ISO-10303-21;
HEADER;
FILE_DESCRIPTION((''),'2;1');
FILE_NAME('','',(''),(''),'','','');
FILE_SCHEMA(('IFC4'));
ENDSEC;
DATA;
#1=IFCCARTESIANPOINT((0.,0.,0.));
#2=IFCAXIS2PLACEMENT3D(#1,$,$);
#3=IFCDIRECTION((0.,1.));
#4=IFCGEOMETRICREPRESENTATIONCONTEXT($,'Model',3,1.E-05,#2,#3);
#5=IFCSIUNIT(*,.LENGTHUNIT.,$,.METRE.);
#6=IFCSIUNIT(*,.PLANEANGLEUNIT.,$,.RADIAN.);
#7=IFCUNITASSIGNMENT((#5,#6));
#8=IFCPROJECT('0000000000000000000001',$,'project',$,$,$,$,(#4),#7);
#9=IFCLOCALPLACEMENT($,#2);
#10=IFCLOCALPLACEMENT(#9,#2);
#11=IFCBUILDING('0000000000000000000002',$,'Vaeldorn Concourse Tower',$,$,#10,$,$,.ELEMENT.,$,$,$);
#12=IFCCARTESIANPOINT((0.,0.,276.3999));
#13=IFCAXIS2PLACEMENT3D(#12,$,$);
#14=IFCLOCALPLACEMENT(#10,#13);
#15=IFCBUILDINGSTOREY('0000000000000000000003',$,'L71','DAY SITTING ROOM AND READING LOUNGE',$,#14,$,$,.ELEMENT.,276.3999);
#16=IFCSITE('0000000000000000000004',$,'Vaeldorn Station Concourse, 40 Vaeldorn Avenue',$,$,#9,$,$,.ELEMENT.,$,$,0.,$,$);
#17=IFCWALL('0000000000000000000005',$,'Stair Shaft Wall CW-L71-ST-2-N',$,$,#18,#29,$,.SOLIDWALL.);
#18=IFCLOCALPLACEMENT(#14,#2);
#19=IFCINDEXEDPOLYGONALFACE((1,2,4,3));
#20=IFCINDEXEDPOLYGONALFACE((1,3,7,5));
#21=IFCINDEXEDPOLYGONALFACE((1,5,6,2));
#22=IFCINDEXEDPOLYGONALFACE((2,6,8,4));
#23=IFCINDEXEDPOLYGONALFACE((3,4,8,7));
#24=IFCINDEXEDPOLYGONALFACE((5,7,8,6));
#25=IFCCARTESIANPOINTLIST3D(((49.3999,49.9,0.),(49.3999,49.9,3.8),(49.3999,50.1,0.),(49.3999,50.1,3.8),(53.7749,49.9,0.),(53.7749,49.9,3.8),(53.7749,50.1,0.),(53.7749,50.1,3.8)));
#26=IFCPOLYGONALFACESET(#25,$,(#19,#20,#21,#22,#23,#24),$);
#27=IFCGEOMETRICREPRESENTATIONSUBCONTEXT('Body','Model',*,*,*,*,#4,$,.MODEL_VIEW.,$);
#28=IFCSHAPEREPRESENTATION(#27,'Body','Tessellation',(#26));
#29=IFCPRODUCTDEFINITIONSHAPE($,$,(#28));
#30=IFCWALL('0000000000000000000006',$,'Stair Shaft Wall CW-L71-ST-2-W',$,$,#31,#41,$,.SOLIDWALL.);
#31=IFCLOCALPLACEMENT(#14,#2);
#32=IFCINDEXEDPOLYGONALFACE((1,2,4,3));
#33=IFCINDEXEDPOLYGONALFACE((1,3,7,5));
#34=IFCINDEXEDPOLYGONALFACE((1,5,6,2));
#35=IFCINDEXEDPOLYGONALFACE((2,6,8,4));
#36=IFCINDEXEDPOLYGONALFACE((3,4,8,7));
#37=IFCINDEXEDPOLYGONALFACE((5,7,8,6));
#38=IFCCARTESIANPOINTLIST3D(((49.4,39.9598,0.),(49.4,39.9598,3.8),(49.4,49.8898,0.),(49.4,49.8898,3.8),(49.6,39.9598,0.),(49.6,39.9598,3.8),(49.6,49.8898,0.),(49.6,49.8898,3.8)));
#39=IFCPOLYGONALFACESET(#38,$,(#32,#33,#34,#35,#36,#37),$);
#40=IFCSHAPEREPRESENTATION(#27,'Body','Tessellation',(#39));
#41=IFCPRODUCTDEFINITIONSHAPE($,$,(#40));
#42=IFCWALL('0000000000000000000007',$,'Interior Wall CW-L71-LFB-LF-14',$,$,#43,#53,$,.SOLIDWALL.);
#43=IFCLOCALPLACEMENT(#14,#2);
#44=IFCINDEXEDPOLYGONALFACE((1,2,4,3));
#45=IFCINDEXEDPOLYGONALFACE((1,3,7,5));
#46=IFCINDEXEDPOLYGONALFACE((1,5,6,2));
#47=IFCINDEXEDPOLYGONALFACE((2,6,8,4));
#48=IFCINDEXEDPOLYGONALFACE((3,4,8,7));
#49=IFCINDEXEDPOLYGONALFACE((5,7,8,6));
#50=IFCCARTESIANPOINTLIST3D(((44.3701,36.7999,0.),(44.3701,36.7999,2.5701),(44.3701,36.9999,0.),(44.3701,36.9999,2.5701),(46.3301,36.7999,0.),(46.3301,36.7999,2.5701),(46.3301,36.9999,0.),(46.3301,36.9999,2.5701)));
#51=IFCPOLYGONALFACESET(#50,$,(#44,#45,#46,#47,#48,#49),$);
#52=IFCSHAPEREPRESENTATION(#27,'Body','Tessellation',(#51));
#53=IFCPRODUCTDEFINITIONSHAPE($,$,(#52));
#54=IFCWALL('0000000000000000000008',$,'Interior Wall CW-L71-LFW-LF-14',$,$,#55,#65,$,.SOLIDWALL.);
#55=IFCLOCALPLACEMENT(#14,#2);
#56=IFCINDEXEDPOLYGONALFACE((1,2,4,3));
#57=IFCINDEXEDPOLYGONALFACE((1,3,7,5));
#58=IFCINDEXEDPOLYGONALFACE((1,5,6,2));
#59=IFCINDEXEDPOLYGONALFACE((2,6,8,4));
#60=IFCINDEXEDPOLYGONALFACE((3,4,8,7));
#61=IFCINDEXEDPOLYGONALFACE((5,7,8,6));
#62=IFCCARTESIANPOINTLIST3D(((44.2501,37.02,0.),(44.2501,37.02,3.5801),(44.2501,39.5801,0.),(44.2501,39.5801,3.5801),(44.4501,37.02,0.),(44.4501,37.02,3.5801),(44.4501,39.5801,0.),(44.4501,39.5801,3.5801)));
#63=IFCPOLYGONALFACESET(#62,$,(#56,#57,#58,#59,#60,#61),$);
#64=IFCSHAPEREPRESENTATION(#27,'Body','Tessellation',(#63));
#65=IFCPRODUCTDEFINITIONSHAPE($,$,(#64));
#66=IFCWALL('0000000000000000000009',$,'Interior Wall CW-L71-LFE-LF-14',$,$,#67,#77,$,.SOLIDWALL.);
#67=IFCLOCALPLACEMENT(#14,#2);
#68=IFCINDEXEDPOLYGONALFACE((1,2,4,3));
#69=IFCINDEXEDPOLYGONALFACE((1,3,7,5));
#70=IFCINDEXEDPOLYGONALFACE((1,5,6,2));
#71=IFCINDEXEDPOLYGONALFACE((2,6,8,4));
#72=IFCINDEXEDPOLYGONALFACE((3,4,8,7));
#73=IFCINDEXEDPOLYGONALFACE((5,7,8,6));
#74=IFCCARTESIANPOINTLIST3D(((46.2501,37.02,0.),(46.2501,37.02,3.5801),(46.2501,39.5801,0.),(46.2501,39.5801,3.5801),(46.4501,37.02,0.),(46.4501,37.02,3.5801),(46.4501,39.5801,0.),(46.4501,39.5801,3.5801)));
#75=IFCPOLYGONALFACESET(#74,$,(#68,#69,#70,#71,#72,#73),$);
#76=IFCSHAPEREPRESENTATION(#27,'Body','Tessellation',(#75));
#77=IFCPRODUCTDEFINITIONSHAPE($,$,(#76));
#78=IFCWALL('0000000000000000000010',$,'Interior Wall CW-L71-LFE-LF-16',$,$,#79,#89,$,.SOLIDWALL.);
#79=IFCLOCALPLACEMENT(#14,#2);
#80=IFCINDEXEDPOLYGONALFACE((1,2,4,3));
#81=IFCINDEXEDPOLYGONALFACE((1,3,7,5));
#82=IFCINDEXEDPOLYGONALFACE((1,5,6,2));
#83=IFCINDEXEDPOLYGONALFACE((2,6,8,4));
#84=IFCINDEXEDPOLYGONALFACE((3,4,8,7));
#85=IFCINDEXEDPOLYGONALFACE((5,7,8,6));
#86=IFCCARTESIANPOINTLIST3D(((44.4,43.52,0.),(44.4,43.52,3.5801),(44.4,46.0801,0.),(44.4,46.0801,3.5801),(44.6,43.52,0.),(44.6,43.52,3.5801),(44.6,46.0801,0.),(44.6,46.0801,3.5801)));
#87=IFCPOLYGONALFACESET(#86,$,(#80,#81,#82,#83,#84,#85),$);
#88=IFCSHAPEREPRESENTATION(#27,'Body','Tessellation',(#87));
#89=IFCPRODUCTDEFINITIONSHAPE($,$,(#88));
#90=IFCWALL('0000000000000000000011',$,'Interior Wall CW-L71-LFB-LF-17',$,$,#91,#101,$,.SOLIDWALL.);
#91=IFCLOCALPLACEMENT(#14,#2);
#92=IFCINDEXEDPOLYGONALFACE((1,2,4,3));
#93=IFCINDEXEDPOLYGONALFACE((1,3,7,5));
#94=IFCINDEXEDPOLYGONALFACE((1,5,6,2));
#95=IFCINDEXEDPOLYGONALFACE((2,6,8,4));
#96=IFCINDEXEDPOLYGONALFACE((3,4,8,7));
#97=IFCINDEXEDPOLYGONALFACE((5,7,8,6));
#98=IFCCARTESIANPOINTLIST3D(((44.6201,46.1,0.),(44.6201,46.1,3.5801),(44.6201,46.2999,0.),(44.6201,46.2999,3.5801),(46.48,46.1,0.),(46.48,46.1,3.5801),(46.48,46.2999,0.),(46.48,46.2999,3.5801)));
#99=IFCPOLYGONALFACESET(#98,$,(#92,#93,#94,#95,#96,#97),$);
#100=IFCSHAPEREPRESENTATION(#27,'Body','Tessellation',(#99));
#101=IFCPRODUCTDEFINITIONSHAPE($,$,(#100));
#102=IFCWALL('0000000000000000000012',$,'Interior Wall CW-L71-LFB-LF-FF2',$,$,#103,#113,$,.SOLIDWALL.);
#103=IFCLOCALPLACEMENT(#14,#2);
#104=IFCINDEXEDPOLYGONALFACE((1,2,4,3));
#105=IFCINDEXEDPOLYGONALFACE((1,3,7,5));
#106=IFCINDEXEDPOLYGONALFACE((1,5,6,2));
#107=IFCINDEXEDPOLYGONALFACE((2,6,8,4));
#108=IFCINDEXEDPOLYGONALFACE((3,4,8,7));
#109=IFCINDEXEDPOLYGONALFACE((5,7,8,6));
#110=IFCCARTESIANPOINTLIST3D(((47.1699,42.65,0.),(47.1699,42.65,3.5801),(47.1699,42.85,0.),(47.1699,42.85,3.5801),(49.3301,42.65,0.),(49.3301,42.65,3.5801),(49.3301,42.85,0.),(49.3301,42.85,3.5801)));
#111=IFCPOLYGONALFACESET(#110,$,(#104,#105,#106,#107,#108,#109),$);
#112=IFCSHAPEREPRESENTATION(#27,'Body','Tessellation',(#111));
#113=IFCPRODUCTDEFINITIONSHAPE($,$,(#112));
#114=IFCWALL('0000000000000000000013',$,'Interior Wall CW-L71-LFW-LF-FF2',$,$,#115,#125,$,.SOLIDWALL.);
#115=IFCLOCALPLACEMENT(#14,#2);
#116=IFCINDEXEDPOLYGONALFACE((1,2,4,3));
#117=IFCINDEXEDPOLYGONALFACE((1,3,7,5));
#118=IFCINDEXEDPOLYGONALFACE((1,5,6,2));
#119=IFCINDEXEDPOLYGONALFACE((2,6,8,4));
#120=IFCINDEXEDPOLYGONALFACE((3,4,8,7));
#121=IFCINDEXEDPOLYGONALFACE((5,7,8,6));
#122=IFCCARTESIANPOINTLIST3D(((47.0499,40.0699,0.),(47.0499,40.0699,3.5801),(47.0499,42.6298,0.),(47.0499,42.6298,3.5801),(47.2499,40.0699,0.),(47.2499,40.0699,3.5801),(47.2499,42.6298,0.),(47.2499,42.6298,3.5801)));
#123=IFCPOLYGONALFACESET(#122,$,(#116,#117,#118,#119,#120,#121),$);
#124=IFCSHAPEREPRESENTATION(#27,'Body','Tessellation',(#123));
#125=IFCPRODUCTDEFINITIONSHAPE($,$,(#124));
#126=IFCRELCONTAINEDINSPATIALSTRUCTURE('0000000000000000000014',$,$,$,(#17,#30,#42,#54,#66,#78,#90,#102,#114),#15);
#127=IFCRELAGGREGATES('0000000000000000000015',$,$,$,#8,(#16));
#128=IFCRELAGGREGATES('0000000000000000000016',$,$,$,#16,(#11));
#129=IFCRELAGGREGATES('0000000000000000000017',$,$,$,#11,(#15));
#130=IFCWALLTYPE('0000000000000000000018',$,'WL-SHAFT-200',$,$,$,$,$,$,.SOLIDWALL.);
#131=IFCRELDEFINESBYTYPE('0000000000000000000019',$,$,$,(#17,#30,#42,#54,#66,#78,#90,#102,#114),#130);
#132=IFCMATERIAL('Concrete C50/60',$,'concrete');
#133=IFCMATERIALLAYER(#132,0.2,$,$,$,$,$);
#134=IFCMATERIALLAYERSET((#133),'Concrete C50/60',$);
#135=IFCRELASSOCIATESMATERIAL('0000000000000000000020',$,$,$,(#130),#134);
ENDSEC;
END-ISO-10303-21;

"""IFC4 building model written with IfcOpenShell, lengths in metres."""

from ifc_helpers import new_model, si_unit, direction, frame, frame_2d, origin, place, context, subcontext, project, spatial, rectangle, extrude, material, layer, layer_set, type_object, element, save


model = new_model("IFC4")

# Units and contexts
model_context = context("Model", 3, precision=1e-05, world=origin(), true_north=direction((0.0, 1.0)))
body_context = subcontext(model_context, "Body", "Model", "MODEL_VIEW")
ifc_project = project(units=[si_unit("LENGTHUNIT", "METRE"), si_unit("PLANEANGLEUNIT", "RADIAN")], contexts=[model_context])

# Site, building, storey
site_placement = place(None, origin())
site = spatial("IfcSite", under=ifc_project, at=site_placement, Name="Vaeldorn Station Concourse, 40 Vaeldorn Avenue", CompositionType="ELEMENT", RefElevation=0.0)
building_placement = place(site_placement, origin())
building = spatial("IfcBuilding", under=site, at=building_placement, Name="Vaeldorn Concourse Tower", CompositionType="ELEMENT")
storey_placement = place(building_placement, frame((0.0, 0.0, 276.3999)))
storey = spatial("IfcBuildingStorey", under=building, at=storey_placement, Name="L71", Description="DAY SITTING ROOM AND READING LOUNGE", CompositionType="ELEMENT", Elevation=276.3999)

# Shared definitions
ifc_material_1 = material(Name="Concrete C50/60", Category="concrete")

# Shared definitions
ifc_layer_1 = layer(ifc_material_1, 0.2)
ifc_layer_set_1 = layer_set([ifc_layer_1], Name="Concrete C50/60")
wall_type_1 = type_object("IfcWallType", Name="WL-SHAFT-200", PredefinedType="SOLIDWALL", material=ifc_layer_set_1)

# Walls
wall_1_placement = place(storey_placement, frame((49.3999, 50.0, 0.0), z_axis=(0.0, 0.0, 1.0), x_axis=(1.0, 0.0, 0.0)))
element("IfcWall", 1, at=wall_1_placement, inside=storey, type_object=wall_type_1, Name="Stair Shaft Wall CW-L71-ST-2-N", PredefinedType="SOLIDWALL", context=body_context, shape_type="SweptSolid", body=[
    extrude(rectangle(XDim=4.375, YDim=0.2, at=frame_2d((2.1875, 0.0))), origin(), (0.0, 0.0, 1.0), 3.8),
])
wall_2_placement = place(storey_placement, frame((49.5, 39.96, 0.0), z_axis=(0.0, 0.0, 1.0), x_axis=(0.0, 1.0, 0.0)))
element("IfcWall", 2, at=wall_2_placement, inside=storey, type_object=wall_type_1, Name="Stair Shaft Wall CW-L71-ST-2-W", PredefinedType="SOLIDWALL", context=body_context, shape_type="SweptSolid", body=[
    extrude(rectangle(XDim=9.9299, YDim=0.2, at=frame_2d((4.9648, 0.0))), origin(), (0.0, 0.0, 1.0), 3.8),
])

# Walls
wall_3_placement = place(storey_placement, frame((44.3701, 36.8999, 0.0), z_axis=(0.0, 0.0, 1.0), x_axis=(1.0, 0.0, 0.0)))
element("IfcWall", 3, at=wall_3_placement, inside=storey, type_object=wall_type_1, Name="Interior Wall CW-L71-LFB-LF-14", PredefinedType="SOLIDWALL", context=body_context, shape_type="SweptSolid", body=[
    extrude(rectangle(XDim=1.96, YDim=0.2, at=frame_2d((0.98, 0.0))), origin(), (0.0, 0.0, 1.0), 2.5701),
])
for number, where, z_axis, x_axis, name in (
    (4, (44.3501, 37.02, 0.0), (0.0, 0.0, 1.0), (0.0, 1.0, 0.0), "Interior Wall CW-L71-LFW-LF-14"),
    (5, (46.3501, 37.02, 0.0), (0.0, 0.0, 1.0), (0.0, 1.0, 0.0), "Interior Wall CW-L71-LFE-LF-14"),
    (6, (44.5, 43.52, 0.0), (0.0, 0.0, 1.0), (0.0, 1.0, 0.0), "Interior Wall CW-L71-LFE-LF-16"),
):
    element("IfcWall", number, at=place(storey_placement, frame(where, z_axis=z_axis, x_axis=x_axis)), inside=storey, type_object=wall_type_1, Name=name, PredefinedType="SOLIDWALL", context=body_context, shape_type="SweptSolid", body=[
        extrude(rectangle(XDim=2.5601, YDim=0.2, at=frame_2d((1.28, 0.0))), origin(), (0.0, 0.0, 1.0), 3.5801),
    ])

# Wall
wall_4_placement = place(storey_placement, frame((44.6201, 46.2, 0.0), z_axis=(0.0, 0.0, 1.0), x_axis=(1.0, 0.0, 0.0)))
element("IfcWall", 7, at=wall_4_placement, inside=storey, type_object=wall_type_1, Name="Interior Wall CW-L71-LFB-LF-17", PredefinedType="SOLIDWALL", context=body_context, shape_type="SweptSolid", body=[
    extrude(rectangle(XDim=1.8599, YDim=0.2, at=frame_2d((0.9299, 0.0))), origin(), (0.0, 0.0, 1.0), 3.5801),
])

# Walls
wall_5_placement = place(storey_placement, frame((47.1699, 42.75, 0.0), z_axis=(0.0, 0.0, 1.0), x_axis=(1.0, 0.0, 0.0)))
element("IfcWall", 8, at=wall_5_placement, inside=storey, type_object=wall_type_1, Name="Interior Wall CW-L71-LFB-LF-FF2", PredefinedType="SOLIDWALL", context=body_context, shape_type="SweptSolid", body=[
    extrude(rectangle(XDim=2.1602, YDim=0.2, at=frame_2d((1.0801, 0.0))), origin(), (0.0, 0.0, 1.0), 3.5801),
])
wall_6_placement = place(storey_placement, frame((47.1499, 40.0701, 0.0), z_axis=(0.0, 0.0, 1.0), x_axis=(0.0, 1.0, 0.0)))
element("IfcWall", 9, at=wall_6_placement, inside=storey, type_object=wall_type_1, Name="Interior Wall CW-L71-LFW-LF-FF2", PredefinedType="SOLIDWALL", context=body_context, shape_type="SweptSolid", body=[
    extrude(rectangle(XDim=2.5598, YDim=0.2, at=frame_2d((1.2798, 0.0))), origin(), (0.0, 0.0, 1.0), 3.5801),
])

save(model, "model.ifc")
